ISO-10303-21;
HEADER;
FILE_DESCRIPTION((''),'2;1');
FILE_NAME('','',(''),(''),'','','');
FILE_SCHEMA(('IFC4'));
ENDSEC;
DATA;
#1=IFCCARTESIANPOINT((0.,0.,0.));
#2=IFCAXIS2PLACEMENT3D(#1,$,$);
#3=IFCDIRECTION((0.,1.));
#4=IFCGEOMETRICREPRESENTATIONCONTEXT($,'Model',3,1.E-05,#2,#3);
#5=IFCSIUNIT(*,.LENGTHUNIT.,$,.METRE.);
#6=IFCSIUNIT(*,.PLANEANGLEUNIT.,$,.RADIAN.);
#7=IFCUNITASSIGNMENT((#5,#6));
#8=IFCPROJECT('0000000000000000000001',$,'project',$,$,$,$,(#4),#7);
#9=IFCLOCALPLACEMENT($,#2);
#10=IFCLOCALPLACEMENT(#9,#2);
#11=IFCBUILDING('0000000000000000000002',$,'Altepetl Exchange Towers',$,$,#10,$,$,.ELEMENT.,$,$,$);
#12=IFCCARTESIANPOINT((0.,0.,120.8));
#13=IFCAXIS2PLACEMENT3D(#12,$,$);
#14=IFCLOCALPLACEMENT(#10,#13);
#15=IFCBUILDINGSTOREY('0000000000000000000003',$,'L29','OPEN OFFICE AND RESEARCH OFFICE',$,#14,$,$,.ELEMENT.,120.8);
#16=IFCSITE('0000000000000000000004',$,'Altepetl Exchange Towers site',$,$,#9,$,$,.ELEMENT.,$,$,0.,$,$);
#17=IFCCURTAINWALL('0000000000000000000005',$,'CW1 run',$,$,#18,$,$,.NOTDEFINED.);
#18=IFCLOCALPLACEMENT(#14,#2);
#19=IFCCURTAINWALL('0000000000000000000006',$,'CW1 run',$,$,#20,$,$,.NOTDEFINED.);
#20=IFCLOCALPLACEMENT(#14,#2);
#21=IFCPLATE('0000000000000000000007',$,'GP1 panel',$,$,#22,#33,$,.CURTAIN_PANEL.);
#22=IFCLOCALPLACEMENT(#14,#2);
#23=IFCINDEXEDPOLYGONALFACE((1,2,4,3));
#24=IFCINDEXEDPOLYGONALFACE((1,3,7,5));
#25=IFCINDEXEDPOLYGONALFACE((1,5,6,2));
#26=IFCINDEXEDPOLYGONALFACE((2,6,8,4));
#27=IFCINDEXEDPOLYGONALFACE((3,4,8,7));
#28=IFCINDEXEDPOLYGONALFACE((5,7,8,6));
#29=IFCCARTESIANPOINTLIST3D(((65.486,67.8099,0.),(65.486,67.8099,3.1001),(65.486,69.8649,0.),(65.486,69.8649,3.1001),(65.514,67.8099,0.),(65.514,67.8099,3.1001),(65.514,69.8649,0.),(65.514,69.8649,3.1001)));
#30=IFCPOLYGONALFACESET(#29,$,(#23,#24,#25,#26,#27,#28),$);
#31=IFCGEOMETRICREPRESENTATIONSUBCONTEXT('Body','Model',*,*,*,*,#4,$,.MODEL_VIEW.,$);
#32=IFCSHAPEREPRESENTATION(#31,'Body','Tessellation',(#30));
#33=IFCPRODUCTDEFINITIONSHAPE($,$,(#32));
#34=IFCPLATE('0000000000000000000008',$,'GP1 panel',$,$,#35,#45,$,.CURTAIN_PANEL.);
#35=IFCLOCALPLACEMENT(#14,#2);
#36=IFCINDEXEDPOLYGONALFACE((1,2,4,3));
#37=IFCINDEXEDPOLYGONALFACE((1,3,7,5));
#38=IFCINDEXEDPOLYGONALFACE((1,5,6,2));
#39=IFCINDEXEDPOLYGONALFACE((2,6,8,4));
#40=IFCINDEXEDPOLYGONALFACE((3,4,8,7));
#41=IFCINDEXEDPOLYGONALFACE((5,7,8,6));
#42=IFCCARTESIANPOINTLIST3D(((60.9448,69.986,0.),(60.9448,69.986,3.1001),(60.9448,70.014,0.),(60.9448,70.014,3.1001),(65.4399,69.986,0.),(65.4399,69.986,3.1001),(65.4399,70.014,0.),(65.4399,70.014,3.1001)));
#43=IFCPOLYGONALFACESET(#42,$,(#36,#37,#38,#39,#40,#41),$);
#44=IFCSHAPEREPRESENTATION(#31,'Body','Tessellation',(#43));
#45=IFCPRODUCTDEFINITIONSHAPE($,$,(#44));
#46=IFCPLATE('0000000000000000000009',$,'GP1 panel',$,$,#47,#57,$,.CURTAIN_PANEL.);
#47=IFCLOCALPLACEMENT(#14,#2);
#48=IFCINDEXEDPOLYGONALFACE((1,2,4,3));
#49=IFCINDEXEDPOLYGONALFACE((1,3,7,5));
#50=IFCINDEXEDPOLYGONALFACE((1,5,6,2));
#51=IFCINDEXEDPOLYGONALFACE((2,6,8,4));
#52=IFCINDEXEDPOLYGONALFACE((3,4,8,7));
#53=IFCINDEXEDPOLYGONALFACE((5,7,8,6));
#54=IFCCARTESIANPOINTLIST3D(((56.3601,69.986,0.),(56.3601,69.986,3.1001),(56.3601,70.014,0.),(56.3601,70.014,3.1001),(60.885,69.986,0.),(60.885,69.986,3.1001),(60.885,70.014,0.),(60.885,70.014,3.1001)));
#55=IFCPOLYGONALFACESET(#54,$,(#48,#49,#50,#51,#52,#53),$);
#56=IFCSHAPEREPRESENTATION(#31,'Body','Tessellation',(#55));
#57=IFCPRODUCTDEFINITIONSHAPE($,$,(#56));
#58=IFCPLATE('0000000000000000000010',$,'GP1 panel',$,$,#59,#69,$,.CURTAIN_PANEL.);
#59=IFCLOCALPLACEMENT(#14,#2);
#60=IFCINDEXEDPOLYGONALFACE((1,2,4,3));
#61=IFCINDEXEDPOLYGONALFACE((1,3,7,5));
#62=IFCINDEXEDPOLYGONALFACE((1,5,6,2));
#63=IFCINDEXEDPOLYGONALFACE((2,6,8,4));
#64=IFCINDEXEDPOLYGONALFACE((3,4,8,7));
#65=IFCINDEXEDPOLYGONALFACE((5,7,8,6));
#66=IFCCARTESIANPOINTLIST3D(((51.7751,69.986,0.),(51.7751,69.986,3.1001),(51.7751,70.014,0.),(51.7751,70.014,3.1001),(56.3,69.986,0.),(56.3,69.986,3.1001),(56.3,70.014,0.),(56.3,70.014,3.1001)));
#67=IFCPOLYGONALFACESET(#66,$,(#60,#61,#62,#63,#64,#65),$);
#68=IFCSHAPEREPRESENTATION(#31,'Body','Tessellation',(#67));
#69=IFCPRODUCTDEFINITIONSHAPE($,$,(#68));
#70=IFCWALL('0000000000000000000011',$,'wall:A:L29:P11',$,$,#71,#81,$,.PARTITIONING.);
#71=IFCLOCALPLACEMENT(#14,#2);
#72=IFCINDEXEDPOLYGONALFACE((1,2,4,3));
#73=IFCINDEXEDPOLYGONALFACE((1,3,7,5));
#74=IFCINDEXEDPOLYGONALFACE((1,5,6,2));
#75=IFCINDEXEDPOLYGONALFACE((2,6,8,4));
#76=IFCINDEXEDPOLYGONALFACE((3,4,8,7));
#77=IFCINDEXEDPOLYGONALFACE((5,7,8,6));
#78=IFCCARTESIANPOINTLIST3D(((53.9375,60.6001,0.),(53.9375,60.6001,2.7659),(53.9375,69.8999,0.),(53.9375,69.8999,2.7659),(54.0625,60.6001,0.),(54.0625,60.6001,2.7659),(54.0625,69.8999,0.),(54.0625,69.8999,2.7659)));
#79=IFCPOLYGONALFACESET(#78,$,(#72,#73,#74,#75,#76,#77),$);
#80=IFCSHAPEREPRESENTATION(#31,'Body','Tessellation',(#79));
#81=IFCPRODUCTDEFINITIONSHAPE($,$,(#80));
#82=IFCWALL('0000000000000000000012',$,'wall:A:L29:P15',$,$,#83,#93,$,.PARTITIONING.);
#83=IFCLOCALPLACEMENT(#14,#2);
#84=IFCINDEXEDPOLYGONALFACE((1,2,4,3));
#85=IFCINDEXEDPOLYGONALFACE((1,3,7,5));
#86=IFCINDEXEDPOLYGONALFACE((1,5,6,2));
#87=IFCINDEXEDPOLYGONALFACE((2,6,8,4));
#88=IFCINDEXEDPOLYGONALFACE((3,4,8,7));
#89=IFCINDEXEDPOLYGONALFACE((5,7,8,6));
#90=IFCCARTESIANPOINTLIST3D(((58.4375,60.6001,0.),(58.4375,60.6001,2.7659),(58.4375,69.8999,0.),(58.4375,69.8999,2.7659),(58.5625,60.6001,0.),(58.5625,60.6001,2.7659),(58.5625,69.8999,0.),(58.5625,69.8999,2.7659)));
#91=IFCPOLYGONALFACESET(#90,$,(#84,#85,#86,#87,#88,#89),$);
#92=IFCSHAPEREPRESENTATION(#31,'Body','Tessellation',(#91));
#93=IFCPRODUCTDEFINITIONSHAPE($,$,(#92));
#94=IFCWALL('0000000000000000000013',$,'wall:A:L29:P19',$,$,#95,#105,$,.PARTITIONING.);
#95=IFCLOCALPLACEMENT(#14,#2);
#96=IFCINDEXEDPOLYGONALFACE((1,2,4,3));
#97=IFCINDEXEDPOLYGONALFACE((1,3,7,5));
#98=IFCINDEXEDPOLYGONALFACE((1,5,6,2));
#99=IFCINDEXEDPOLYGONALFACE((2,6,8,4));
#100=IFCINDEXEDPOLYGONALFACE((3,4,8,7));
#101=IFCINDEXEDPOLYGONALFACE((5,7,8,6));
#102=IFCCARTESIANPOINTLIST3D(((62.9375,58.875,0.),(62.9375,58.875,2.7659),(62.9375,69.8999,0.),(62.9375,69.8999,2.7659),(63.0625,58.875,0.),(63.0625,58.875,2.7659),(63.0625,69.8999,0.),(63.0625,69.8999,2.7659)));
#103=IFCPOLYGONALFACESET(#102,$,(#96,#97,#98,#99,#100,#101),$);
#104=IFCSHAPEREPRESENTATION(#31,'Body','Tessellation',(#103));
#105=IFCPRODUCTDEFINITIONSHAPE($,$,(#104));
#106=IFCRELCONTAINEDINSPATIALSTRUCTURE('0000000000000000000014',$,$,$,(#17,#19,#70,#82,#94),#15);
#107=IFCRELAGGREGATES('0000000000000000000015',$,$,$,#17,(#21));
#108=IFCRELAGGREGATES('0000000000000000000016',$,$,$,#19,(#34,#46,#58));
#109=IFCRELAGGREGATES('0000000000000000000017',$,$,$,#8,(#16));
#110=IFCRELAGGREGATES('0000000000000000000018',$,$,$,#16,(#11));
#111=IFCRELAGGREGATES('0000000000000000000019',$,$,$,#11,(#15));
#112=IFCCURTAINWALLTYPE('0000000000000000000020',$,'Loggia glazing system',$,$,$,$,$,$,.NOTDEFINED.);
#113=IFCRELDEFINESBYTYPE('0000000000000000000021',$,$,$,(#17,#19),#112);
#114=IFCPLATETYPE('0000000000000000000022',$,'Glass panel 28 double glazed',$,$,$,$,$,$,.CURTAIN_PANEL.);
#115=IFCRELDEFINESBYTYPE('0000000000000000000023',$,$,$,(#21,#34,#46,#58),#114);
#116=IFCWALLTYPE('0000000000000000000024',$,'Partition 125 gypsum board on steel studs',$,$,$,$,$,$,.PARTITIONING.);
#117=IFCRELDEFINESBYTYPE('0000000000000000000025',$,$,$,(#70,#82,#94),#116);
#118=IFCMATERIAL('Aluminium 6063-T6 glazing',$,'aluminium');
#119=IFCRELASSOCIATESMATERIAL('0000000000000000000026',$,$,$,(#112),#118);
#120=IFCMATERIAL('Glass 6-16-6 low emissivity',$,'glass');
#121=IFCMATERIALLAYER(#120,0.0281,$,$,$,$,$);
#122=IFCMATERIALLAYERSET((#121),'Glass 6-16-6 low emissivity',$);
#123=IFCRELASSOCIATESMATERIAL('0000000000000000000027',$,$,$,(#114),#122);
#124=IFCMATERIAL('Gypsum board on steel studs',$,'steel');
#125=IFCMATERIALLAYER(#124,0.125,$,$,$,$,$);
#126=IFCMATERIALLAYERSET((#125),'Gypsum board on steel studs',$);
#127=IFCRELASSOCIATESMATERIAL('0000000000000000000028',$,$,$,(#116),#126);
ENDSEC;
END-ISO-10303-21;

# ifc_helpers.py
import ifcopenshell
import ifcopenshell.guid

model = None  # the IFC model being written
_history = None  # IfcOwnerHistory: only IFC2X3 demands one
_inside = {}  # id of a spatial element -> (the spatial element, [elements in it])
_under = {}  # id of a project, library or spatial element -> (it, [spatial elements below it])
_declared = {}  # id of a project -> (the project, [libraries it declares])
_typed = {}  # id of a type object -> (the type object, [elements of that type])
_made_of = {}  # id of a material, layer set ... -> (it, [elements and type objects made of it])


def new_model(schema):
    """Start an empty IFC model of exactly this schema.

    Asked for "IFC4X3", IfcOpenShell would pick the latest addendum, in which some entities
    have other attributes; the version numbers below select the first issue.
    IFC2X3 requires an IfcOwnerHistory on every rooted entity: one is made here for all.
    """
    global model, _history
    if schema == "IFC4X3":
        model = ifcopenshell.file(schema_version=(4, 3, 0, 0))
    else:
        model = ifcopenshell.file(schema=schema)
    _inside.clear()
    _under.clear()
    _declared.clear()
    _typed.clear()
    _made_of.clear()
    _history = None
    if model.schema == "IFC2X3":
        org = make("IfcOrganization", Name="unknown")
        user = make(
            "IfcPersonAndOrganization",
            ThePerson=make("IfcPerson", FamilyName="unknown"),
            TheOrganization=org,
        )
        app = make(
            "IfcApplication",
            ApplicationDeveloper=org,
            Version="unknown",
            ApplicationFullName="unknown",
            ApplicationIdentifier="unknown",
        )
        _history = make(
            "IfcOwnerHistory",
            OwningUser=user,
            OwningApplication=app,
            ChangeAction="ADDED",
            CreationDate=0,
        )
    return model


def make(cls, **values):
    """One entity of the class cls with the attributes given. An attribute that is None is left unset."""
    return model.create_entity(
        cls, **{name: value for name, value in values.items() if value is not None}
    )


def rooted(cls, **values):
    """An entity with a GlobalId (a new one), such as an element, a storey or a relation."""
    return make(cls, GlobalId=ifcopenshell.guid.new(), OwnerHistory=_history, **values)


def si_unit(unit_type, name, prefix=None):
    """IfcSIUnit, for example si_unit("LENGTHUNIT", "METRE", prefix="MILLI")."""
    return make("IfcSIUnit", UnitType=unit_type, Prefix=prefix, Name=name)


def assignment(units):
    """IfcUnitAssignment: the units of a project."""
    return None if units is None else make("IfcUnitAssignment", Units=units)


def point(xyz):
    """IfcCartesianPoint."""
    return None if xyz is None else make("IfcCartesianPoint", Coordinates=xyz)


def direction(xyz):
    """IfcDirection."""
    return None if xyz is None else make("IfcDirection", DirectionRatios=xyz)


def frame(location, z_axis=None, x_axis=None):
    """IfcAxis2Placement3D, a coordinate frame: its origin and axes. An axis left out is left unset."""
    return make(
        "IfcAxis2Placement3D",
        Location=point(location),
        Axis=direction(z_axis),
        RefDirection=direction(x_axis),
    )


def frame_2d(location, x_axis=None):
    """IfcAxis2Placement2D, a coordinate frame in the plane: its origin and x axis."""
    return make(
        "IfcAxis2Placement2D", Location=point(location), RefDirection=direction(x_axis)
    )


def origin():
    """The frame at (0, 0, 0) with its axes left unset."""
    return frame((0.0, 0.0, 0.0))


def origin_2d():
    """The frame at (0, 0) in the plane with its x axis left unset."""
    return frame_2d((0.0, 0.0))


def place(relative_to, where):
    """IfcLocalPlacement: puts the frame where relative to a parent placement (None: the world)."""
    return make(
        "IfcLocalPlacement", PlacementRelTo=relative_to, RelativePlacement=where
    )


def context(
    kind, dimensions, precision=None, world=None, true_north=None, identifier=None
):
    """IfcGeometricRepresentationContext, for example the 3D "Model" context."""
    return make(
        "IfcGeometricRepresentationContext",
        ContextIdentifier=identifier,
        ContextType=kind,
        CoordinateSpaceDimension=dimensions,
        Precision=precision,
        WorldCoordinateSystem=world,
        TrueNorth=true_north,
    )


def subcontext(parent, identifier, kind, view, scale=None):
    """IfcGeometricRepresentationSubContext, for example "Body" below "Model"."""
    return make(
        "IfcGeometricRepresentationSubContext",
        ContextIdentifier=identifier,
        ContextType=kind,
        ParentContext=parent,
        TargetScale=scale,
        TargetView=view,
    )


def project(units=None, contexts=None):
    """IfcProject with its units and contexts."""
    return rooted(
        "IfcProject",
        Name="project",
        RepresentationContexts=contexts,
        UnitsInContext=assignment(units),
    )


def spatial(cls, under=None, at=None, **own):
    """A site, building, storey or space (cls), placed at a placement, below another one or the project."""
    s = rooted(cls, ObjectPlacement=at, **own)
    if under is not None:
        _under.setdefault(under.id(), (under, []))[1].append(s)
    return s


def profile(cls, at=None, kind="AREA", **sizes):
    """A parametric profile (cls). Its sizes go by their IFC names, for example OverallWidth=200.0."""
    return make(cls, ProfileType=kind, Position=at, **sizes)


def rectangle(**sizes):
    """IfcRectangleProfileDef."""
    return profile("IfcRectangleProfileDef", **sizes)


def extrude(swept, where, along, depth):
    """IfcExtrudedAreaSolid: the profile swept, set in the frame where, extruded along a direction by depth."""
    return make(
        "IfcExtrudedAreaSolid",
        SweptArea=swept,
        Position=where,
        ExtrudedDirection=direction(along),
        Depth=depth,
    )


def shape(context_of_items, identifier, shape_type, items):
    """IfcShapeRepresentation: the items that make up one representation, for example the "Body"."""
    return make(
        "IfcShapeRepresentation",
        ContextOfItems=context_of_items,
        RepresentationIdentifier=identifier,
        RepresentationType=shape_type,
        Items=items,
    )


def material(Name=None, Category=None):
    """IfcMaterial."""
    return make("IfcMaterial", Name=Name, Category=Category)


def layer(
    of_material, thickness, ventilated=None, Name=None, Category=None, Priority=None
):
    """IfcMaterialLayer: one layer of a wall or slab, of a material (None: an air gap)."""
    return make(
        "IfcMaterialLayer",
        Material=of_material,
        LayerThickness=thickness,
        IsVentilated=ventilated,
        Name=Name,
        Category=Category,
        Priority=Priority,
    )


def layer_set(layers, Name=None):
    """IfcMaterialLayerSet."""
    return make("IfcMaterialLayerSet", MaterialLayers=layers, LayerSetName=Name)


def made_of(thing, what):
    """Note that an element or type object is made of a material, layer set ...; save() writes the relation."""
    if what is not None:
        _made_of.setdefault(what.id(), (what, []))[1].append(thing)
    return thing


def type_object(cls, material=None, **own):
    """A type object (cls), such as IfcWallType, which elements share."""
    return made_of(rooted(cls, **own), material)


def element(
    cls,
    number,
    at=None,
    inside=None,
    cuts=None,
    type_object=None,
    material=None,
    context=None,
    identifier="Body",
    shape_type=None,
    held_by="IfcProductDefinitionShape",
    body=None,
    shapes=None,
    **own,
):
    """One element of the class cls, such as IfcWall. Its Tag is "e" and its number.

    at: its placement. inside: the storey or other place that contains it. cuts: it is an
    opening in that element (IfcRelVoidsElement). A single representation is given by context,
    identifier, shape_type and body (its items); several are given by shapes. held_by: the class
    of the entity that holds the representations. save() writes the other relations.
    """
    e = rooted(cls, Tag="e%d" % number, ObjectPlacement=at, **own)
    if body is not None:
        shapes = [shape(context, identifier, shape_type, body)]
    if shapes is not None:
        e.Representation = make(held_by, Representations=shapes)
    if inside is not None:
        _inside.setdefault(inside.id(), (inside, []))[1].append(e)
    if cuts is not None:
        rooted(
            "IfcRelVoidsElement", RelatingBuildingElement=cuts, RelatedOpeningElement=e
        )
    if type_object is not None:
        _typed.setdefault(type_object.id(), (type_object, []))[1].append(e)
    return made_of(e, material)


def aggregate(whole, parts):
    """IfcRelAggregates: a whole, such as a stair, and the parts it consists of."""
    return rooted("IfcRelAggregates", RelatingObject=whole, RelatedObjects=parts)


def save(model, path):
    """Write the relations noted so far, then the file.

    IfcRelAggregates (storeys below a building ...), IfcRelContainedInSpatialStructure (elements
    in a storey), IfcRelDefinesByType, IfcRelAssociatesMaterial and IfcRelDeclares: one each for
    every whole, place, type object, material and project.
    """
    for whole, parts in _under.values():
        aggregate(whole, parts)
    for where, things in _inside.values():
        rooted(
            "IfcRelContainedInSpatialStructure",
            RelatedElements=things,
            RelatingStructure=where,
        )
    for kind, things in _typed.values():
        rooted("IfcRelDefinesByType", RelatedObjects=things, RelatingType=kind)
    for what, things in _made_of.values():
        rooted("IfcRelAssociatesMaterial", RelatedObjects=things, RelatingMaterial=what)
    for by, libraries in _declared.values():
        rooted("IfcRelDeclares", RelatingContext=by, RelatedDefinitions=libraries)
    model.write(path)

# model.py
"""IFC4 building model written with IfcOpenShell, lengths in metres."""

from ifc_helpers import new_model, si_unit, direction, frame, frame_2d, origin, origin_2d, place, context, subcontext, project, spatial, rectangle, extrude, material, layer, layer_set, type_object, element, aggregate, save


model = new_model("IFC4")

# Units and contexts
model_context = context("Model", 3, precision=1e-05, world=origin(), true_north=direction((0.0, 1.0)))
body_context = subcontext(model_context, "Body", "Model", "MODEL_VIEW")
ifc_project = project(units=[si_unit("LENGTHUNIT", "METRE"), si_unit("PLANEANGLEUNIT", "RADIAN")], contexts=[model_context])

# Site, building, storey
site_placement = place(None, origin())
site = spatial("IfcSite", under=ifc_project, at=site_placement, Name="Altepetl Exchange Towers site", CompositionType="ELEMENT", RefElevation=0.0)
building_placement = place(site_placement, origin())
building = spatial("IfcBuilding", under=site, at=building_placement, Name="Altepetl Exchange Towers", CompositionType="ELEMENT")
storey_placement = place(building_placement, frame((0.0, 0.0, 120.8)))
storey = spatial("IfcBuildingStorey", under=building, at=storey_placement, Name="L29", Description="OPEN OFFICE AND RESEARCH OFFICE", CompositionType="ELEMENT", Elevation=120.8)

# Shared definitions
ifc_material_1 = material(Name="Aluminium 6063-T6 glazing", Category="aluminium")
curtain_wall_type = type_object("IfcCurtainWallType", Name="Loggia glazing system", PredefinedType="NOTDEFINED", material=ifc_material_1)

# Curtain walls
curtain_wall_1_placement = place(storey_placement, origin())
curtain_wall_1 = element("IfcCurtainWall", 1, at=curtain_wall_1_placement, inside=storey, type_object=curtain_wall_type, Name="CW1 run", PredefinedType="NOTDEFINED")
curtain_wall_2_placement = place(storey_placement, origin())
curtain_wall_2 = element("IfcCurtainWall", 2, at=curtain_wall_2_placement, inside=storey, type_object=curtain_wall_type, Name="CW1 run", PredefinedType="NOTDEFINED")

# Plates
ifc_material_2 = material(Name="Glass 6-16-6 low emissivity", Category="glass")
ifc_layer_1 = layer(ifc_material_2, 0.0281)
ifc_layer_set_1 = layer_set([ifc_layer_1], Name="Glass 6-16-6 low emissivity")
plate_type = type_object("IfcPlateType", Name="Glass panel 28 double glazed", PredefinedType="CURTAIN_PANEL", material=ifc_layer_set_1)
plate_1_placement = place(storey_placement, frame((65.5, 68.8374, 0.0), z_axis=(0.0, 0.0, 1.0), x_axis=(0.0, 1.0, 0.0)))
plate_1 = element("IfcPlate", 3, at=plate_1_placement, type_object=plate_type, Name="GP1 panel", PredefinedType="CURTAIN_PANEL", context=body_context, shape_type="SweptSolid", body=[
    extrude(rectangle(XDim=2.0549, YDim=0.0281, at=origin_2d()), origin(), (0.0, 0.0, 1.0), 3.1001),
])
aggregate(curtain_wall_1, [plate_1])
plate_2_placement = place(storey_placement, frame((63.1924, 70.0, 0.0), z_axis=(0.0, 0.0, 1.0), x_axis=(-1.0, 0.0, 0.0)))
plate_2 = element("IfcPlate", 4, at=plate_2_placement, type_object=plate_type, Name="GP1 panel", PredefinedType="CURTAIN_PANEL", context=body_context, shape_type="SweptSolid", body=[
    extrude(rectangle(XDim=4.4951, YDim=0.0281, at=origin_2d()), origin(), (0.0, 0.0, 1.0), 3.1001),
])
plate_3_placement = place(storey_placement, frame((58.6226, 70.0, 0.0), z_axis=(0.0, 0.0, 1.0), x_axis=(-1.0, 0.0, 0.0)))
plate_3 = element("IfcPlate", 5, at=plate_3_placement, type_object=plate_type, Name="GP1 panel", PredefinedType="CURTAIN_PANEL", context=body_context, shape_type="SweptSolid", body=[
    extrude(rectangle(XDim=4.5249, YDim=0.0281, at=origin_2d()), origin(), (0.0, 0.0, 1.0), 3.1001),
])
plate_4_placement = place(storey_placement, frame((54.0376, 70.0, 0.0), z_axis=(0.0, 0.0, 1.0), x_axis=(-1.0, 0.0, 0.0)))
plate_4 = element("IfcPlate", 6, at=plate_4_placement, type_object=plate_type, Name="GP1 panel", PredefinedType="CURTAIN_PANEL", context=body_context, shape_type="SweptSolid", body=[
    extrude(rectangle(XDim=4.5249, YDim=0.0281, at=origin_2d()), origin(), (0.0, 0.0, 1.0), 3.1001),
])
aggregate(curtain_wall_2, [plate_2, plate_3, plate_4])

# Walls
ifc_material_3 = material(Name="Gypsum board on steel studs", Category="steel")
ifc_layer_2 = layer(ifc_material_3, 0.125)
ifc_layer_set_2 = layer_set([ifc_layer_2], Name="Gypsum board on steel studs")
wall_type = type_object("IfcWallType", Name="Partition 125 gypsum board on steel studs", PredefinedType="PARTITIONING", material=ifc_layer_set_2)
for number, where, z_axis, x_axis, name in (
    (7, (54.0, 60.6001, 0.0), (0.0, 0.0, 1.0), (0.0, 1.0, 0.0), "wall:A:L29:P11"),
    (8, (58.5, 60.6001, 0.0), (0.0, 0.0, 1.0), (0.0, 1.0, 0.0), "wall:A:L29:P15"),
):
    element("IfcWall", number, at=place(storey_placement, frame(where, z_axis=z_axis, x_axis=x_axis)), inside=storey, type_object=wall_type, Name=name, PredefinedType="PARTITIONING", context=body_context, shape_type="SweptSolid", body=[
        extrude(rectangle(XDim=9.2998, YDim=0.125, at=frame_2d((4.6499, 0.0))), origin(), (0.0, 0.0, 1.0), 2.7659),
    ])
wall_placement = place(storey_placement, frame((63.0, 58.875, 0.0), z_axis=(0.0, 0.0, 1.0), x_axis=(0.0, 1.0, 0.0)))
element("IfcWall", 9, at=wall_placement, inside=storey, type_object=wall_type, Name="wall:A:L29:P19", PredefinedType="PARTITIONING", context=body_context, shape_type="SweptSolid", body=[
    extrude(rectangle(XDim=11.0249, YDim=0.125, at=frame_2d((5.5125, 0.0))), origin(), (0.0, 0.0, 1.0), 2.7659),
])

save(model, "model.ifc")
